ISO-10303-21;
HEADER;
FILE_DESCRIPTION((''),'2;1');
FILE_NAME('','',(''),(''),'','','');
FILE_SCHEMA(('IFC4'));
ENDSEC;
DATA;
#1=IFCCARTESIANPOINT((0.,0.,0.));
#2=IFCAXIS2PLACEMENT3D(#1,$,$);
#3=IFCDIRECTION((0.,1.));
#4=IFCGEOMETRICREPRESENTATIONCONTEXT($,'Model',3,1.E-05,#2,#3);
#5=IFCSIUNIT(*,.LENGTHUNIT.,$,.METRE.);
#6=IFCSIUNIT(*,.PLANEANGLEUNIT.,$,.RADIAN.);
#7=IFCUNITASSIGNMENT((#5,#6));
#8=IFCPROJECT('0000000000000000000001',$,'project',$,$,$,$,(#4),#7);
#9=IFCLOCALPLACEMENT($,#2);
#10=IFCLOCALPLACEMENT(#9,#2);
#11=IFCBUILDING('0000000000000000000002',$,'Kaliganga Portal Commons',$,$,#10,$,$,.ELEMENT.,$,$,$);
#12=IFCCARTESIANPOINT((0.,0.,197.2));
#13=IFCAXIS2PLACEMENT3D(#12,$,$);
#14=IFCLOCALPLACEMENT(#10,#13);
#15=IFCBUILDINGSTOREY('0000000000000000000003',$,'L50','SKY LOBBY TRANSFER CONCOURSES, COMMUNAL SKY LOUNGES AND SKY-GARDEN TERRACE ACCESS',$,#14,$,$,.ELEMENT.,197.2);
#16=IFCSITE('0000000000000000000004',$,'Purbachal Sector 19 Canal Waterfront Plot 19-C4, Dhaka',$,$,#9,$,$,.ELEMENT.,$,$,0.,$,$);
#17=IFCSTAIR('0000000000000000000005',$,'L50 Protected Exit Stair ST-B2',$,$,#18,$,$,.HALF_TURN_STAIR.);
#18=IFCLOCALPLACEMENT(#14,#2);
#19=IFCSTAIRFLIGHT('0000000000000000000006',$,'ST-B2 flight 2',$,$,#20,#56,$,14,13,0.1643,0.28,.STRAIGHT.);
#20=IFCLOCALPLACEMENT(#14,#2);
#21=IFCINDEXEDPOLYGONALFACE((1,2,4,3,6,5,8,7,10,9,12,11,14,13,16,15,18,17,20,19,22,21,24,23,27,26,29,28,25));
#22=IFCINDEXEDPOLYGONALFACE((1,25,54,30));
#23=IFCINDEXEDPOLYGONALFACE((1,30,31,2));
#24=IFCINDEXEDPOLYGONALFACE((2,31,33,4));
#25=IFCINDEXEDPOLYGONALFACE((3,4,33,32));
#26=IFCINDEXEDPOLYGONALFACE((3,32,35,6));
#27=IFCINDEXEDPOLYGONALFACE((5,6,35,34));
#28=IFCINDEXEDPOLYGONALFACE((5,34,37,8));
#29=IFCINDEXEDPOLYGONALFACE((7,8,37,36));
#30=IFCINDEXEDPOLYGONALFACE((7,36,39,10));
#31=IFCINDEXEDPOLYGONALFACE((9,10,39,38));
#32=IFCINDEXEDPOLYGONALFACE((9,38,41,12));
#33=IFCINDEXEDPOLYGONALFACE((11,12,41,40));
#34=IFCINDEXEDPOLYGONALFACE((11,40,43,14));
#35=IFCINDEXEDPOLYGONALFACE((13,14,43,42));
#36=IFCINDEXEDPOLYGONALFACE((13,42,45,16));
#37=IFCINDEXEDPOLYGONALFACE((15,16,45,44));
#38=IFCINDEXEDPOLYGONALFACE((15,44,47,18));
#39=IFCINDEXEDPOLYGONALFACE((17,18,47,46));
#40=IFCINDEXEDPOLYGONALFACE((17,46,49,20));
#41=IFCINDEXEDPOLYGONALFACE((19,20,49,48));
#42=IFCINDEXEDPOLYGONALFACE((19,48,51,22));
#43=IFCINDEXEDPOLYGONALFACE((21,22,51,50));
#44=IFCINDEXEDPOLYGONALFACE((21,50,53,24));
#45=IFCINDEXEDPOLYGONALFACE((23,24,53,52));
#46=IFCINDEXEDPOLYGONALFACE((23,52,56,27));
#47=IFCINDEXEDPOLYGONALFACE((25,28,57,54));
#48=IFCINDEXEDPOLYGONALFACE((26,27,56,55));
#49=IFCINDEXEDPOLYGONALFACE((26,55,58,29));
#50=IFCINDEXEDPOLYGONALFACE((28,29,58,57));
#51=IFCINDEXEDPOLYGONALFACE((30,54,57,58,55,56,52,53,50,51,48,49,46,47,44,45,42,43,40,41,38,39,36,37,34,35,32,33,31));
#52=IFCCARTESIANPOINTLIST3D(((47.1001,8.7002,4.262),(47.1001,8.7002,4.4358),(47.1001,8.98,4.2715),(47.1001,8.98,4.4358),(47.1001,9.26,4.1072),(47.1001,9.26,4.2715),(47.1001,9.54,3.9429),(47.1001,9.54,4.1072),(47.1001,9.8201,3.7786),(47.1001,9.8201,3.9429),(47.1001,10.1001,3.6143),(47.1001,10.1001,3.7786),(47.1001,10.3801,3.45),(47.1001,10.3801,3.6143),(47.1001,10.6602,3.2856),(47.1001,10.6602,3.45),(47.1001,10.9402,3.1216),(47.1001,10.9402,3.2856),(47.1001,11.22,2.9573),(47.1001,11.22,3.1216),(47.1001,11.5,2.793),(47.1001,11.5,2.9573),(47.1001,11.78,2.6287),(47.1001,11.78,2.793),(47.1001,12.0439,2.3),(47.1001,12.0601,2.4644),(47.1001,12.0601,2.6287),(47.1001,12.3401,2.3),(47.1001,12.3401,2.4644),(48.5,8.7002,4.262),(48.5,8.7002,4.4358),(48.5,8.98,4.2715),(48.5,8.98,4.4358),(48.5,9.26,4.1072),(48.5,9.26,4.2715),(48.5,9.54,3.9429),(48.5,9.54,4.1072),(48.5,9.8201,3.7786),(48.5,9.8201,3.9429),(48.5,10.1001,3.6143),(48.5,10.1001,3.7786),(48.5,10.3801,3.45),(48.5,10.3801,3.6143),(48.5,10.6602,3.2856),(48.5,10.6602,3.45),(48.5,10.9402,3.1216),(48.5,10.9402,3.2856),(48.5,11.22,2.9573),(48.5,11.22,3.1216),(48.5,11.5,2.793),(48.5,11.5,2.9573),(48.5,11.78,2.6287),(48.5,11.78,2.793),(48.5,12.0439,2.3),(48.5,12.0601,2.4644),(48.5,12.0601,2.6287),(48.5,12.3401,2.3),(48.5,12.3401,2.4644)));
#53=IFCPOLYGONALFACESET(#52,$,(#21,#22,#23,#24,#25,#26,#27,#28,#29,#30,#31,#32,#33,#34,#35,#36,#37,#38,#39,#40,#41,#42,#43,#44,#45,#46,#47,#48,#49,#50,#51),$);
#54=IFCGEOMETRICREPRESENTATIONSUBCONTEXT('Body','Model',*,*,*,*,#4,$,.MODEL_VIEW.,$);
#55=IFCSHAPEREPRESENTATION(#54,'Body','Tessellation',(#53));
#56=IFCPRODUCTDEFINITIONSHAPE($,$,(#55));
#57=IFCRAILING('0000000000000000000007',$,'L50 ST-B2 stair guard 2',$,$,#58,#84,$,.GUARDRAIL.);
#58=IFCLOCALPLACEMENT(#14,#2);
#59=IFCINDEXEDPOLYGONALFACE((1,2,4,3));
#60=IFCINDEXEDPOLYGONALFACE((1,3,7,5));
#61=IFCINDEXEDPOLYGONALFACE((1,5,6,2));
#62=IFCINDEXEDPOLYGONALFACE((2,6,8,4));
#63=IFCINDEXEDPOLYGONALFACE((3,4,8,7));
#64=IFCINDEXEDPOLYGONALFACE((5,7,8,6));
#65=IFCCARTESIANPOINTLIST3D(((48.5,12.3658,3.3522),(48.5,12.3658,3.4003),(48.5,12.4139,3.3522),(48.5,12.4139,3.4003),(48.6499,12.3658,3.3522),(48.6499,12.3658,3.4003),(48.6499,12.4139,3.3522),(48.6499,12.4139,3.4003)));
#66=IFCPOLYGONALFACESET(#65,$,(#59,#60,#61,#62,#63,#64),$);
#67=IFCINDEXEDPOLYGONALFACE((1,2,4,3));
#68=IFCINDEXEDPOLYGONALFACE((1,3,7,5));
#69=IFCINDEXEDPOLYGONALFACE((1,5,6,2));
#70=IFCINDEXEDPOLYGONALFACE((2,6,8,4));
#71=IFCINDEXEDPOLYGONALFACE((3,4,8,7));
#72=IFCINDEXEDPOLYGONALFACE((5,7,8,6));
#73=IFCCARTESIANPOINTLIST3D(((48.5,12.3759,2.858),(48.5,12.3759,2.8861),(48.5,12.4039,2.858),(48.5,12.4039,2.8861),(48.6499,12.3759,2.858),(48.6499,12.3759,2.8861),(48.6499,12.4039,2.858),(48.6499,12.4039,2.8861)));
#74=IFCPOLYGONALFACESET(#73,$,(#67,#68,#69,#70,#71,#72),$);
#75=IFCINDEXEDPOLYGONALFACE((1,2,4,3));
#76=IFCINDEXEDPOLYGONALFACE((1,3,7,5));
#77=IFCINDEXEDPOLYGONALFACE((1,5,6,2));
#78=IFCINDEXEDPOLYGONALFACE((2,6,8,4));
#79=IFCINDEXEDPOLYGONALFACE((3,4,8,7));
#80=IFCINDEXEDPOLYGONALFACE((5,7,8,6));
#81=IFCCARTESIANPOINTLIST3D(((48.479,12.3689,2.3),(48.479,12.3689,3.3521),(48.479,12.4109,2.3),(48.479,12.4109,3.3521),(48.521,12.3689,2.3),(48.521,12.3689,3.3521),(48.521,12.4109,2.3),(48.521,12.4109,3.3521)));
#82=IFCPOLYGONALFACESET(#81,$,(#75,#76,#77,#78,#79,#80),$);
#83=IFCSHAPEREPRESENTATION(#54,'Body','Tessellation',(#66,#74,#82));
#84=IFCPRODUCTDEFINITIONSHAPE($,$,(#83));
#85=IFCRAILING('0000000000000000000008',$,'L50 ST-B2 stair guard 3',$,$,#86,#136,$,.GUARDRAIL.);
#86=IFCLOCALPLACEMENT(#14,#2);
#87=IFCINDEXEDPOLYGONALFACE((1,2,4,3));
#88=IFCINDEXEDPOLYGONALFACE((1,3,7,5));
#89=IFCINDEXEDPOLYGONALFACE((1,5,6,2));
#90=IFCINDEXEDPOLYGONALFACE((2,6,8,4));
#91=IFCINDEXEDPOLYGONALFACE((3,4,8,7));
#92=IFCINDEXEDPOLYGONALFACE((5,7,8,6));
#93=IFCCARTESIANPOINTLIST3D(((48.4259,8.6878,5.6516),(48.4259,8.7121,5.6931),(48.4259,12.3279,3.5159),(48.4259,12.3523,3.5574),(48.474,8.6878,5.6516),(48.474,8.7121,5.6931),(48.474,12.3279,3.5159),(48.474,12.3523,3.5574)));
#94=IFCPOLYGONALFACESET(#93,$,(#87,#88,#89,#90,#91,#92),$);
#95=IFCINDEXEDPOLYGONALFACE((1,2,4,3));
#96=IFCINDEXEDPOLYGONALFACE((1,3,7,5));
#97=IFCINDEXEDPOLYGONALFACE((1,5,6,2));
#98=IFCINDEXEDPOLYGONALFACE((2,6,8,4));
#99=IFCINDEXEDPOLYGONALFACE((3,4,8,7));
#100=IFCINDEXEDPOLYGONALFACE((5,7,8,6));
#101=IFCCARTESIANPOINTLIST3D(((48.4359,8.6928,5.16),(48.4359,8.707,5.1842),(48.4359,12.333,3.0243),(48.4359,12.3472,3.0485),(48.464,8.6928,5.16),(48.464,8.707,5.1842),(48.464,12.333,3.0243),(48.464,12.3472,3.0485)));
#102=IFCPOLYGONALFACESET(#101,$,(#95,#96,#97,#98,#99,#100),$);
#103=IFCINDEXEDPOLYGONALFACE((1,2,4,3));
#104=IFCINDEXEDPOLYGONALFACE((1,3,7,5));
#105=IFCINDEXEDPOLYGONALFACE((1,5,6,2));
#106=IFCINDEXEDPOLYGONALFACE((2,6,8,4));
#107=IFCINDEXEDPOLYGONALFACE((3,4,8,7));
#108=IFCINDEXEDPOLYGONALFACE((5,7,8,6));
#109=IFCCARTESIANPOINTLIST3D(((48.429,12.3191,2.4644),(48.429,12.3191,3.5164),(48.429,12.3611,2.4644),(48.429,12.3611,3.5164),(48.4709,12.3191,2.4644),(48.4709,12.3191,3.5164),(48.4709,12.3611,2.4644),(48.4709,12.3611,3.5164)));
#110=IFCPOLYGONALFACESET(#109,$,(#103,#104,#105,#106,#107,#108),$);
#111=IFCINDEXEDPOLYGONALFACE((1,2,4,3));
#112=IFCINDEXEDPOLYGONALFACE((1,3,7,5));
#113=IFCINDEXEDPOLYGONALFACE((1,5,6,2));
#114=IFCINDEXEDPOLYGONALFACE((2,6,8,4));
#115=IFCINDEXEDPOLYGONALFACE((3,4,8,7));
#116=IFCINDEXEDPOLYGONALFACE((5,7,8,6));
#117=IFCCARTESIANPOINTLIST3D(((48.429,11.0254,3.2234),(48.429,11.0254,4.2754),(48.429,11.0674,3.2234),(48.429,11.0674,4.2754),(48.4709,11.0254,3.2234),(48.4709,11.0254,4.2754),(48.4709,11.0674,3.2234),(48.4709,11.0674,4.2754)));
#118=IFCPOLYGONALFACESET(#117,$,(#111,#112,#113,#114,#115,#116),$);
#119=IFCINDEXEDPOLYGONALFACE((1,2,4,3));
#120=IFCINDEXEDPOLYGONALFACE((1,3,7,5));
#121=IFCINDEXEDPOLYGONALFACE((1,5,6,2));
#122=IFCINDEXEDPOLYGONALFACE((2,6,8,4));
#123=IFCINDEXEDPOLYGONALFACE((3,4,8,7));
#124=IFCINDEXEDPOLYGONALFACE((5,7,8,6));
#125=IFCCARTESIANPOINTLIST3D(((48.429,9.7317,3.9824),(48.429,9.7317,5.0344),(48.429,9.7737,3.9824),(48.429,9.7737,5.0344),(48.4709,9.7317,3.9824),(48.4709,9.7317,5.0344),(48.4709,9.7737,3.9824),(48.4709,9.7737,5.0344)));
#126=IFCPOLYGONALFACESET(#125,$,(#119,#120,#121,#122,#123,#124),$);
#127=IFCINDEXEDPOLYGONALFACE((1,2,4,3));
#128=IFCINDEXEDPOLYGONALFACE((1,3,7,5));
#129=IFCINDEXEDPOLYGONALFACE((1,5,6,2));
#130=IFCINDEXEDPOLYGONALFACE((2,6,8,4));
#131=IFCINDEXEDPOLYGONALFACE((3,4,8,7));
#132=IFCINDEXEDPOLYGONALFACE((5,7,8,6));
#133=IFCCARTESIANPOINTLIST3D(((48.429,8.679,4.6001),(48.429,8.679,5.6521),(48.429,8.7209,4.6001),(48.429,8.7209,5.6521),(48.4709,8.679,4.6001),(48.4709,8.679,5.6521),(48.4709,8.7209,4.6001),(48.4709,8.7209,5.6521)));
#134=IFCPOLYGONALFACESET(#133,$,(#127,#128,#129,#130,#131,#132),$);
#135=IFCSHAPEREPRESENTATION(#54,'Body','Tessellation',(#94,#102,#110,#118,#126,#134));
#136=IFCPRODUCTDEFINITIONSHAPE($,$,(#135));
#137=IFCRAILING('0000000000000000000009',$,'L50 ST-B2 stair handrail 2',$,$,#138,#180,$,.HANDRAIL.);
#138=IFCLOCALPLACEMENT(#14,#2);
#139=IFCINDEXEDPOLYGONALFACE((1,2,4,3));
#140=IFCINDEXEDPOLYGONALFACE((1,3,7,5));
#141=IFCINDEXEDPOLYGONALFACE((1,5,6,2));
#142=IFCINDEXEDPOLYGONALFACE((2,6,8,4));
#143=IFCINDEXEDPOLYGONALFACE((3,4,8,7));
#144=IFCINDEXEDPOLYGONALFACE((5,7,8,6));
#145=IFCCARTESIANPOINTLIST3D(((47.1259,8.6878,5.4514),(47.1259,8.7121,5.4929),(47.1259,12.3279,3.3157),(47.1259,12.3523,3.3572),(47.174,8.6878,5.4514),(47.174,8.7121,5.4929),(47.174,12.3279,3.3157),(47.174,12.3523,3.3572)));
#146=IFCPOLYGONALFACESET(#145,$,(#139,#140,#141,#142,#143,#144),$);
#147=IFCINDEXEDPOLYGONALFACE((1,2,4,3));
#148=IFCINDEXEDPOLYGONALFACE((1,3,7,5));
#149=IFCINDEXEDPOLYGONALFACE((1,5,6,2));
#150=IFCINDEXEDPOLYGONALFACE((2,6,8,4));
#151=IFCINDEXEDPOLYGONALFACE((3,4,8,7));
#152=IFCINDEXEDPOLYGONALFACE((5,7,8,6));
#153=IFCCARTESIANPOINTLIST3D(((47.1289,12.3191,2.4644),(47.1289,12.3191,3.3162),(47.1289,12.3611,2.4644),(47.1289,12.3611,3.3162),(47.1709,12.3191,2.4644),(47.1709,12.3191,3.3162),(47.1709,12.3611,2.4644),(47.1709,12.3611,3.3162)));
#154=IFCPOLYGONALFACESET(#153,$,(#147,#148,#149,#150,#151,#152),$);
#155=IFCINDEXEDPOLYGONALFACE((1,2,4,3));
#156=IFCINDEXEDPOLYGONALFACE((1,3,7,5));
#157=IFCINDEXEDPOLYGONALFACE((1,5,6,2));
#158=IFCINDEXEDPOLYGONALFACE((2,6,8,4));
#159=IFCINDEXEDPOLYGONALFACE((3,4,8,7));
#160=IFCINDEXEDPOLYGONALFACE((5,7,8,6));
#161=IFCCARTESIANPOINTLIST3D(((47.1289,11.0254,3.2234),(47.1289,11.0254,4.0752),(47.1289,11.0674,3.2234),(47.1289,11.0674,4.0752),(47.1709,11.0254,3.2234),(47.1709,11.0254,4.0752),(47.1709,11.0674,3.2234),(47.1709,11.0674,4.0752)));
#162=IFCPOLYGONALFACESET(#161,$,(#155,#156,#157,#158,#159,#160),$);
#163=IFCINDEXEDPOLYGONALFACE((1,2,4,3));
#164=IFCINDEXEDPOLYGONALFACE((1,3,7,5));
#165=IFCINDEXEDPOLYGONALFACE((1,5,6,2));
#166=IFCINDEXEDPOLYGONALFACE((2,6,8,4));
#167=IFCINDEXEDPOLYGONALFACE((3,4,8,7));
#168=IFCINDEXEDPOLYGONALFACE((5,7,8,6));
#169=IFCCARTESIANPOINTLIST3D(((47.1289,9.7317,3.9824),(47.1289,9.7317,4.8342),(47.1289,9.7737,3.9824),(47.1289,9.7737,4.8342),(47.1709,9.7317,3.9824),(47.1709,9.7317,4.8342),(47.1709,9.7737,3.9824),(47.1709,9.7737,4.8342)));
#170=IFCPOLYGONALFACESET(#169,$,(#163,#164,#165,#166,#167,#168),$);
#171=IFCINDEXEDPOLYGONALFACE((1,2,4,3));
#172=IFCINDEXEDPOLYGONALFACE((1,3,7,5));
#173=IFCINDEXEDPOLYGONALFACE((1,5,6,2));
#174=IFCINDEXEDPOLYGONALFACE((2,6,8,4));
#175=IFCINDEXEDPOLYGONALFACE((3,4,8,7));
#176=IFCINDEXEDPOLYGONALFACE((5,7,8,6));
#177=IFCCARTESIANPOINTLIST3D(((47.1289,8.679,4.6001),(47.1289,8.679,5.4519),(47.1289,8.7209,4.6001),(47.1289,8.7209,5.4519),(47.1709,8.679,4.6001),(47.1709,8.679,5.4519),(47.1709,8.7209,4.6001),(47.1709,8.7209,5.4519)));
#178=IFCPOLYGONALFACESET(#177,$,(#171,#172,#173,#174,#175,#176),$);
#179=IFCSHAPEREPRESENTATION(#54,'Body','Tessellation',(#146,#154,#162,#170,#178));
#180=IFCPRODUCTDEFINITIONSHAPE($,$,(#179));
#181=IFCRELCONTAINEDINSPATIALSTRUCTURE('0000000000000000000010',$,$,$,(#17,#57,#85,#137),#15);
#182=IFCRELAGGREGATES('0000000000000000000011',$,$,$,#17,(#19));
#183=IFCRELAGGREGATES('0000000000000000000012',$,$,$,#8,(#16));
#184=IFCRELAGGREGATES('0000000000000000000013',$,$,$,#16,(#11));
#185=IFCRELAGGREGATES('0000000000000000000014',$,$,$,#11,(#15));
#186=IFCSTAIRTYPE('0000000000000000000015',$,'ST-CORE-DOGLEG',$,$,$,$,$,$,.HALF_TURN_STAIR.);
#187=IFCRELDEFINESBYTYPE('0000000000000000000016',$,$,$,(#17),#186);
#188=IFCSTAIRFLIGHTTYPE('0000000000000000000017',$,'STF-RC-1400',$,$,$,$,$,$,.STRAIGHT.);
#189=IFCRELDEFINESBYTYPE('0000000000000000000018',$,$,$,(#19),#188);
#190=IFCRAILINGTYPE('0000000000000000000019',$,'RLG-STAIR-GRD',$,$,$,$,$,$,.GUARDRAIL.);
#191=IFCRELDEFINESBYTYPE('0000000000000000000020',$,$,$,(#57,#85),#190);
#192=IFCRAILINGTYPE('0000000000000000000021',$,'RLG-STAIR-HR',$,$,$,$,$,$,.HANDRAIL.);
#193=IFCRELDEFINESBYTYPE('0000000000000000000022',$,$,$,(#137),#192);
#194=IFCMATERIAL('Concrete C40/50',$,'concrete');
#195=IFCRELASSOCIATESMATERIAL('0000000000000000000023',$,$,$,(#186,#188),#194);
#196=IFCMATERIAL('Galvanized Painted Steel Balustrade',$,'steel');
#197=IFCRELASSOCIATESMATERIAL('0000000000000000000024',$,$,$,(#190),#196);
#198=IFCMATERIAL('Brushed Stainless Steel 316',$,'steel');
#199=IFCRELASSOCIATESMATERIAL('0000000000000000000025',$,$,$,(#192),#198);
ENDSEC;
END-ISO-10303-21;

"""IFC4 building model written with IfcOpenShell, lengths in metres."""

from ifc_helpers import new_model, si_unit, direction, frame, origin, origin_2d, place, context, subcontext, project, spatial, polyline, rectangle, outline, extrude, material, type_object, element, aggregate, save


model = new_model("IFC4")

# Units and contexts
model_context = context("Model", 3, precision=1e-05, world=origin(), true_north=direction((0.0, 1.0)))
body_context = subcontext(model_context, "Body", "Model", "MODEL_VIEW")
ifc_project = project(units=[si_unit("LENGTHUNIT", "METRE"), si_unit("PLANEANGLEUNIT", "RADIAN")], contexts=[model_context])

# Site, building, storey
site_placement = place(None, origin())
site = spatial("IfcSite", under=ifc_project, at=site_placement, Name="Purbachal Sector 19 Canal Waterfront Plot 19-C4, Dhaka", CompositionType="ELEMENT", RefElevation=0.0)
building_placement = place(site_placement, origin())
building = spatial("IfcBuilding", under=site, at=building_placement, Name="Kaliganga Portal Commons", CompositionType="ELEMENT")
storey_placement = place(building_placement, frame((0.0, 0.0, 197.2)))
storey = spatial("IfcBuildingStorey", under=building, at=storey_placement, Name="L50", Description="SKY LOBBY TRANSFER CONCOURSES, COMMUNAL SKY LOUNGES AND SKY-GARDEN TERRACE ACCESS", CompositionType="ELEMENT", Elevation=197.2)

# Stair, stair flight
ifc_material_1 = material(Name="Concrete C40/50", Category="concrete")
stair_type = type_object("IfcStairType", Name="ST-CORE-DOGLEG", PredefinedType="HALF_TURN_STAIR", material=ifc_material_1)
stair_placement = place(storey_placement, origin())
stair = element("IfcStair", 1, at=stair_placement, inside=storey, type_object=stair_type, Name="L50 Protected Exit Stair ST-B2", PredefinedType="HALF_TURN_STAIR")
stair_flight_type = type_object("IfcStairFlightType", Name="STF-RC-1400", PredefinedType="STRAIGHT", material=ifc_material_1)
stair_flight_placement = place(storey_placement, frame((47.8, 12.3401, 2.3), z_axis=(0.0, 0.0, 1.0), x_axis=(0.0, -1.0, 0.0)))
stair_flight = element("IfcStairFlight", 2, at=stair_flight_placement, type_object=stair_flight_type, Name="ST-B2 flight 2", NumberOfRisers=14, NumberOfTreads=13, PredefinedType="STRAIGHT", RiserHeight=0.1643, TreadLength=0.28, context=body_context, shape_type="SweptSolid", body=[
    extrude(outline(polyline([(0.0, 0.0), (0.0, 0.1643), (0.28, 0.1643), (0.28, 0.3286), (0.5601, 0.3286), (0.5601, 0.4929), (0.8401, 0.4929), (0.8401, 0.6572), (1.1201, 0.6572), (1.1201, 0.8215), (1.3999, 0.8215), (1.3999, 0.9856), (1.6799, 0.9856), (1.6799, 1.1499), (1.96, 1.1499), (1.96, 1.3142), (2.24, 1.3142), (2.24, 1.4785), (2.52, 1.4785), (2.52, 1.6428), (2.8, 1.6428), (2.8, 1.8071), (3.0801, 1.8071), (3.0801, 1.9714), (3.3601, 1.9714), (3.3601, 2.1357), (3.6399, 2.1357), (3.6399, 2.3), (3.6399, 1.9619), (0.2961, 0.0), (0.0, 0.0)])), frame((0.0, 0.7, 0.0), z_axis=(0.0, -1.0, 0.0), x_axis=(1.0, 0.0, 0.0)), (0.0, 0.0, 1.0), 1.3999),
])
aggregate(stair, [stair_flight])

# Railings
ifc_material_2 = material(Name="Galvanized Painted Steel Balustrade", Category="steel")
railing_type_1 = type_object("IfcRailingType", Name="RLG-STAIR-GRD", PredefinedType="GUARDRAIL", material=ifc_material_2)
railing_1_placement = place(storey_placement, frame((48.6499, 12.3899, 2.3)))
element("IfcRailing", 3, at=railing_1_placement, inside=storey, type_object=railing_type_1, Name="L50 ST-B2 stair guard 2", PredefinedType="GUARDRAIL", context=body_context, shape_type="SweptSolid", body=[
    extrude(rectangle(XDim=0.0481, YDim=0.0481, at=origin_2d()), frame((0.0, 0.0, 1.0762), z_axis=(-1.0, 0.0, 0.0), x_axis=(0.0, -1.0, 0.0)), (0.0, 0.0, 1.0), 0.1499),
    extrude(rectangle(XDim=0.0281, YDim=0.0281, at=origin_2d()), frame((0.0, 0.0, 0.572), z_axis=(-1.0, 0.0, 0.0), x_axis=(0.0, -1.0, 0.0)), (0.0, 0.0, 1.0), 0.1499),
    extrude(rectangle(XDim=0.042, YDim=0.042, at=origin_2d()), frame((-0.1499, 0.0, 0.0)), (0.0, 0.0, 1.0), 1.052),
])
railing_2_placement = place(storey_placement, frame((48.45, 12.3401, 2.4644)))
element("IfcRailing", 4, at=railing_2_placement, inside=storey, type_object=railing_type_1, Name="L50 ST-B2 stair guard 3", PredefinedType="GUARDRAIL", context=body_context, shape_type="SweptSolid", body=[
    extrude(rectangle(XDim=0.0481, YDim=0.0481, at=origin_2d()), frame((0.0, 0.0, 1.0723), z_axis=(0.0, -0.862505, 0.506049), x_axis=(1.0, 0.0, 0.0)), (0.0, 0.0, 1.0), 4.2205),
    extrude(rectangle(XDim=0.0281, YDim=0.0281, at=origin_2d()), frame((0.0, 0.0, 0.572), z_axis=(0.0, -0.862505, 0.506049), x_axis=(1.0, 0.0, 0.0)), (0.0, 0.0, 1.0), 4.2205),
    extrude(rectangle(XDim=0.042, YDim=0.042, at=origin_2d()), origin(), (0.0, 0.0, 1.0), 1.052),
    extrude(rectangle(XDim=0.042, YDim=0.042, at=origin_2d()), frame((0.0, -1.2937, 0.759)), (0.0, 0.0, 1.0), 1.052),
    extrude(rectangle(XDim=0.042, YDim=0.042, at=origin_2d()), frame((0.0, -2.5874, 1.5181)), (0.0, 0.0, 1.0), 1.052),
    extrude(rectangle(XDim=0.042, YDim=0.042, at=origin_2d()), frame((0.0, -3.6401, 2.1357)), (0.0, 0.0, 1.0), 1.052),
])
ifc_material_3 = material(Name="Brushed Stainless Steel 316", Category="steel")
railing_type_2 = type_object("IfcRailingType", Name="RLG-STAIR-HR", PredefinedType="HANDRAIL", material=ifc_material_3)
railing_3_placement = place(storey_placement, frame((47.1499, 12.3401, 2.4644)))
element("IfcRailing", 5, at=railing_3_placement, inside=storey, type_object=railing_type_2, Name="L50 ST-B2 stair handrail 2", PredefinedType="HANDRAIL", context=body_context, shape_type="SweptSolid", body=[
    extrude(rectangle(XDim=0.0481, YDim=0.0481, at=origin_2d()), frame((0.0, 0.0, 0.8721), z_axis=(0.0, -0.862505, 0.506049), x_axis=(1.0, 0.0, 0.0)), (0.0, 0.0, 1.0), 4.2205),
    extrude(rectangle(XDim=0.042, YDim=0.042, at=origin_2d()), origin(), (0.0, 0.0, 1.0), 0.8518),
    extrude(rectangle(XDim=0.042, YDim=0.042, at=origin_2d()), frame((0.0, -1.2937, 0.759)), (0.0, 0.0, 1.0), 0.8518),
    extrude(rectangle(XDim=0.042, YDim=0.042, at=origin_2d()), frame((0.0, -2.5874, 1.5181)), (0.0, 0.0, 1.0), 0.8518),
    extrude(rectangle(XDim=0.042, YDim=0.042, at=origin_2d()), frame((0.0, -3.6401, 2.1357)), (0.0, 0.0, 1.0), 0.8518),
])

save(model, "model.ifc")
